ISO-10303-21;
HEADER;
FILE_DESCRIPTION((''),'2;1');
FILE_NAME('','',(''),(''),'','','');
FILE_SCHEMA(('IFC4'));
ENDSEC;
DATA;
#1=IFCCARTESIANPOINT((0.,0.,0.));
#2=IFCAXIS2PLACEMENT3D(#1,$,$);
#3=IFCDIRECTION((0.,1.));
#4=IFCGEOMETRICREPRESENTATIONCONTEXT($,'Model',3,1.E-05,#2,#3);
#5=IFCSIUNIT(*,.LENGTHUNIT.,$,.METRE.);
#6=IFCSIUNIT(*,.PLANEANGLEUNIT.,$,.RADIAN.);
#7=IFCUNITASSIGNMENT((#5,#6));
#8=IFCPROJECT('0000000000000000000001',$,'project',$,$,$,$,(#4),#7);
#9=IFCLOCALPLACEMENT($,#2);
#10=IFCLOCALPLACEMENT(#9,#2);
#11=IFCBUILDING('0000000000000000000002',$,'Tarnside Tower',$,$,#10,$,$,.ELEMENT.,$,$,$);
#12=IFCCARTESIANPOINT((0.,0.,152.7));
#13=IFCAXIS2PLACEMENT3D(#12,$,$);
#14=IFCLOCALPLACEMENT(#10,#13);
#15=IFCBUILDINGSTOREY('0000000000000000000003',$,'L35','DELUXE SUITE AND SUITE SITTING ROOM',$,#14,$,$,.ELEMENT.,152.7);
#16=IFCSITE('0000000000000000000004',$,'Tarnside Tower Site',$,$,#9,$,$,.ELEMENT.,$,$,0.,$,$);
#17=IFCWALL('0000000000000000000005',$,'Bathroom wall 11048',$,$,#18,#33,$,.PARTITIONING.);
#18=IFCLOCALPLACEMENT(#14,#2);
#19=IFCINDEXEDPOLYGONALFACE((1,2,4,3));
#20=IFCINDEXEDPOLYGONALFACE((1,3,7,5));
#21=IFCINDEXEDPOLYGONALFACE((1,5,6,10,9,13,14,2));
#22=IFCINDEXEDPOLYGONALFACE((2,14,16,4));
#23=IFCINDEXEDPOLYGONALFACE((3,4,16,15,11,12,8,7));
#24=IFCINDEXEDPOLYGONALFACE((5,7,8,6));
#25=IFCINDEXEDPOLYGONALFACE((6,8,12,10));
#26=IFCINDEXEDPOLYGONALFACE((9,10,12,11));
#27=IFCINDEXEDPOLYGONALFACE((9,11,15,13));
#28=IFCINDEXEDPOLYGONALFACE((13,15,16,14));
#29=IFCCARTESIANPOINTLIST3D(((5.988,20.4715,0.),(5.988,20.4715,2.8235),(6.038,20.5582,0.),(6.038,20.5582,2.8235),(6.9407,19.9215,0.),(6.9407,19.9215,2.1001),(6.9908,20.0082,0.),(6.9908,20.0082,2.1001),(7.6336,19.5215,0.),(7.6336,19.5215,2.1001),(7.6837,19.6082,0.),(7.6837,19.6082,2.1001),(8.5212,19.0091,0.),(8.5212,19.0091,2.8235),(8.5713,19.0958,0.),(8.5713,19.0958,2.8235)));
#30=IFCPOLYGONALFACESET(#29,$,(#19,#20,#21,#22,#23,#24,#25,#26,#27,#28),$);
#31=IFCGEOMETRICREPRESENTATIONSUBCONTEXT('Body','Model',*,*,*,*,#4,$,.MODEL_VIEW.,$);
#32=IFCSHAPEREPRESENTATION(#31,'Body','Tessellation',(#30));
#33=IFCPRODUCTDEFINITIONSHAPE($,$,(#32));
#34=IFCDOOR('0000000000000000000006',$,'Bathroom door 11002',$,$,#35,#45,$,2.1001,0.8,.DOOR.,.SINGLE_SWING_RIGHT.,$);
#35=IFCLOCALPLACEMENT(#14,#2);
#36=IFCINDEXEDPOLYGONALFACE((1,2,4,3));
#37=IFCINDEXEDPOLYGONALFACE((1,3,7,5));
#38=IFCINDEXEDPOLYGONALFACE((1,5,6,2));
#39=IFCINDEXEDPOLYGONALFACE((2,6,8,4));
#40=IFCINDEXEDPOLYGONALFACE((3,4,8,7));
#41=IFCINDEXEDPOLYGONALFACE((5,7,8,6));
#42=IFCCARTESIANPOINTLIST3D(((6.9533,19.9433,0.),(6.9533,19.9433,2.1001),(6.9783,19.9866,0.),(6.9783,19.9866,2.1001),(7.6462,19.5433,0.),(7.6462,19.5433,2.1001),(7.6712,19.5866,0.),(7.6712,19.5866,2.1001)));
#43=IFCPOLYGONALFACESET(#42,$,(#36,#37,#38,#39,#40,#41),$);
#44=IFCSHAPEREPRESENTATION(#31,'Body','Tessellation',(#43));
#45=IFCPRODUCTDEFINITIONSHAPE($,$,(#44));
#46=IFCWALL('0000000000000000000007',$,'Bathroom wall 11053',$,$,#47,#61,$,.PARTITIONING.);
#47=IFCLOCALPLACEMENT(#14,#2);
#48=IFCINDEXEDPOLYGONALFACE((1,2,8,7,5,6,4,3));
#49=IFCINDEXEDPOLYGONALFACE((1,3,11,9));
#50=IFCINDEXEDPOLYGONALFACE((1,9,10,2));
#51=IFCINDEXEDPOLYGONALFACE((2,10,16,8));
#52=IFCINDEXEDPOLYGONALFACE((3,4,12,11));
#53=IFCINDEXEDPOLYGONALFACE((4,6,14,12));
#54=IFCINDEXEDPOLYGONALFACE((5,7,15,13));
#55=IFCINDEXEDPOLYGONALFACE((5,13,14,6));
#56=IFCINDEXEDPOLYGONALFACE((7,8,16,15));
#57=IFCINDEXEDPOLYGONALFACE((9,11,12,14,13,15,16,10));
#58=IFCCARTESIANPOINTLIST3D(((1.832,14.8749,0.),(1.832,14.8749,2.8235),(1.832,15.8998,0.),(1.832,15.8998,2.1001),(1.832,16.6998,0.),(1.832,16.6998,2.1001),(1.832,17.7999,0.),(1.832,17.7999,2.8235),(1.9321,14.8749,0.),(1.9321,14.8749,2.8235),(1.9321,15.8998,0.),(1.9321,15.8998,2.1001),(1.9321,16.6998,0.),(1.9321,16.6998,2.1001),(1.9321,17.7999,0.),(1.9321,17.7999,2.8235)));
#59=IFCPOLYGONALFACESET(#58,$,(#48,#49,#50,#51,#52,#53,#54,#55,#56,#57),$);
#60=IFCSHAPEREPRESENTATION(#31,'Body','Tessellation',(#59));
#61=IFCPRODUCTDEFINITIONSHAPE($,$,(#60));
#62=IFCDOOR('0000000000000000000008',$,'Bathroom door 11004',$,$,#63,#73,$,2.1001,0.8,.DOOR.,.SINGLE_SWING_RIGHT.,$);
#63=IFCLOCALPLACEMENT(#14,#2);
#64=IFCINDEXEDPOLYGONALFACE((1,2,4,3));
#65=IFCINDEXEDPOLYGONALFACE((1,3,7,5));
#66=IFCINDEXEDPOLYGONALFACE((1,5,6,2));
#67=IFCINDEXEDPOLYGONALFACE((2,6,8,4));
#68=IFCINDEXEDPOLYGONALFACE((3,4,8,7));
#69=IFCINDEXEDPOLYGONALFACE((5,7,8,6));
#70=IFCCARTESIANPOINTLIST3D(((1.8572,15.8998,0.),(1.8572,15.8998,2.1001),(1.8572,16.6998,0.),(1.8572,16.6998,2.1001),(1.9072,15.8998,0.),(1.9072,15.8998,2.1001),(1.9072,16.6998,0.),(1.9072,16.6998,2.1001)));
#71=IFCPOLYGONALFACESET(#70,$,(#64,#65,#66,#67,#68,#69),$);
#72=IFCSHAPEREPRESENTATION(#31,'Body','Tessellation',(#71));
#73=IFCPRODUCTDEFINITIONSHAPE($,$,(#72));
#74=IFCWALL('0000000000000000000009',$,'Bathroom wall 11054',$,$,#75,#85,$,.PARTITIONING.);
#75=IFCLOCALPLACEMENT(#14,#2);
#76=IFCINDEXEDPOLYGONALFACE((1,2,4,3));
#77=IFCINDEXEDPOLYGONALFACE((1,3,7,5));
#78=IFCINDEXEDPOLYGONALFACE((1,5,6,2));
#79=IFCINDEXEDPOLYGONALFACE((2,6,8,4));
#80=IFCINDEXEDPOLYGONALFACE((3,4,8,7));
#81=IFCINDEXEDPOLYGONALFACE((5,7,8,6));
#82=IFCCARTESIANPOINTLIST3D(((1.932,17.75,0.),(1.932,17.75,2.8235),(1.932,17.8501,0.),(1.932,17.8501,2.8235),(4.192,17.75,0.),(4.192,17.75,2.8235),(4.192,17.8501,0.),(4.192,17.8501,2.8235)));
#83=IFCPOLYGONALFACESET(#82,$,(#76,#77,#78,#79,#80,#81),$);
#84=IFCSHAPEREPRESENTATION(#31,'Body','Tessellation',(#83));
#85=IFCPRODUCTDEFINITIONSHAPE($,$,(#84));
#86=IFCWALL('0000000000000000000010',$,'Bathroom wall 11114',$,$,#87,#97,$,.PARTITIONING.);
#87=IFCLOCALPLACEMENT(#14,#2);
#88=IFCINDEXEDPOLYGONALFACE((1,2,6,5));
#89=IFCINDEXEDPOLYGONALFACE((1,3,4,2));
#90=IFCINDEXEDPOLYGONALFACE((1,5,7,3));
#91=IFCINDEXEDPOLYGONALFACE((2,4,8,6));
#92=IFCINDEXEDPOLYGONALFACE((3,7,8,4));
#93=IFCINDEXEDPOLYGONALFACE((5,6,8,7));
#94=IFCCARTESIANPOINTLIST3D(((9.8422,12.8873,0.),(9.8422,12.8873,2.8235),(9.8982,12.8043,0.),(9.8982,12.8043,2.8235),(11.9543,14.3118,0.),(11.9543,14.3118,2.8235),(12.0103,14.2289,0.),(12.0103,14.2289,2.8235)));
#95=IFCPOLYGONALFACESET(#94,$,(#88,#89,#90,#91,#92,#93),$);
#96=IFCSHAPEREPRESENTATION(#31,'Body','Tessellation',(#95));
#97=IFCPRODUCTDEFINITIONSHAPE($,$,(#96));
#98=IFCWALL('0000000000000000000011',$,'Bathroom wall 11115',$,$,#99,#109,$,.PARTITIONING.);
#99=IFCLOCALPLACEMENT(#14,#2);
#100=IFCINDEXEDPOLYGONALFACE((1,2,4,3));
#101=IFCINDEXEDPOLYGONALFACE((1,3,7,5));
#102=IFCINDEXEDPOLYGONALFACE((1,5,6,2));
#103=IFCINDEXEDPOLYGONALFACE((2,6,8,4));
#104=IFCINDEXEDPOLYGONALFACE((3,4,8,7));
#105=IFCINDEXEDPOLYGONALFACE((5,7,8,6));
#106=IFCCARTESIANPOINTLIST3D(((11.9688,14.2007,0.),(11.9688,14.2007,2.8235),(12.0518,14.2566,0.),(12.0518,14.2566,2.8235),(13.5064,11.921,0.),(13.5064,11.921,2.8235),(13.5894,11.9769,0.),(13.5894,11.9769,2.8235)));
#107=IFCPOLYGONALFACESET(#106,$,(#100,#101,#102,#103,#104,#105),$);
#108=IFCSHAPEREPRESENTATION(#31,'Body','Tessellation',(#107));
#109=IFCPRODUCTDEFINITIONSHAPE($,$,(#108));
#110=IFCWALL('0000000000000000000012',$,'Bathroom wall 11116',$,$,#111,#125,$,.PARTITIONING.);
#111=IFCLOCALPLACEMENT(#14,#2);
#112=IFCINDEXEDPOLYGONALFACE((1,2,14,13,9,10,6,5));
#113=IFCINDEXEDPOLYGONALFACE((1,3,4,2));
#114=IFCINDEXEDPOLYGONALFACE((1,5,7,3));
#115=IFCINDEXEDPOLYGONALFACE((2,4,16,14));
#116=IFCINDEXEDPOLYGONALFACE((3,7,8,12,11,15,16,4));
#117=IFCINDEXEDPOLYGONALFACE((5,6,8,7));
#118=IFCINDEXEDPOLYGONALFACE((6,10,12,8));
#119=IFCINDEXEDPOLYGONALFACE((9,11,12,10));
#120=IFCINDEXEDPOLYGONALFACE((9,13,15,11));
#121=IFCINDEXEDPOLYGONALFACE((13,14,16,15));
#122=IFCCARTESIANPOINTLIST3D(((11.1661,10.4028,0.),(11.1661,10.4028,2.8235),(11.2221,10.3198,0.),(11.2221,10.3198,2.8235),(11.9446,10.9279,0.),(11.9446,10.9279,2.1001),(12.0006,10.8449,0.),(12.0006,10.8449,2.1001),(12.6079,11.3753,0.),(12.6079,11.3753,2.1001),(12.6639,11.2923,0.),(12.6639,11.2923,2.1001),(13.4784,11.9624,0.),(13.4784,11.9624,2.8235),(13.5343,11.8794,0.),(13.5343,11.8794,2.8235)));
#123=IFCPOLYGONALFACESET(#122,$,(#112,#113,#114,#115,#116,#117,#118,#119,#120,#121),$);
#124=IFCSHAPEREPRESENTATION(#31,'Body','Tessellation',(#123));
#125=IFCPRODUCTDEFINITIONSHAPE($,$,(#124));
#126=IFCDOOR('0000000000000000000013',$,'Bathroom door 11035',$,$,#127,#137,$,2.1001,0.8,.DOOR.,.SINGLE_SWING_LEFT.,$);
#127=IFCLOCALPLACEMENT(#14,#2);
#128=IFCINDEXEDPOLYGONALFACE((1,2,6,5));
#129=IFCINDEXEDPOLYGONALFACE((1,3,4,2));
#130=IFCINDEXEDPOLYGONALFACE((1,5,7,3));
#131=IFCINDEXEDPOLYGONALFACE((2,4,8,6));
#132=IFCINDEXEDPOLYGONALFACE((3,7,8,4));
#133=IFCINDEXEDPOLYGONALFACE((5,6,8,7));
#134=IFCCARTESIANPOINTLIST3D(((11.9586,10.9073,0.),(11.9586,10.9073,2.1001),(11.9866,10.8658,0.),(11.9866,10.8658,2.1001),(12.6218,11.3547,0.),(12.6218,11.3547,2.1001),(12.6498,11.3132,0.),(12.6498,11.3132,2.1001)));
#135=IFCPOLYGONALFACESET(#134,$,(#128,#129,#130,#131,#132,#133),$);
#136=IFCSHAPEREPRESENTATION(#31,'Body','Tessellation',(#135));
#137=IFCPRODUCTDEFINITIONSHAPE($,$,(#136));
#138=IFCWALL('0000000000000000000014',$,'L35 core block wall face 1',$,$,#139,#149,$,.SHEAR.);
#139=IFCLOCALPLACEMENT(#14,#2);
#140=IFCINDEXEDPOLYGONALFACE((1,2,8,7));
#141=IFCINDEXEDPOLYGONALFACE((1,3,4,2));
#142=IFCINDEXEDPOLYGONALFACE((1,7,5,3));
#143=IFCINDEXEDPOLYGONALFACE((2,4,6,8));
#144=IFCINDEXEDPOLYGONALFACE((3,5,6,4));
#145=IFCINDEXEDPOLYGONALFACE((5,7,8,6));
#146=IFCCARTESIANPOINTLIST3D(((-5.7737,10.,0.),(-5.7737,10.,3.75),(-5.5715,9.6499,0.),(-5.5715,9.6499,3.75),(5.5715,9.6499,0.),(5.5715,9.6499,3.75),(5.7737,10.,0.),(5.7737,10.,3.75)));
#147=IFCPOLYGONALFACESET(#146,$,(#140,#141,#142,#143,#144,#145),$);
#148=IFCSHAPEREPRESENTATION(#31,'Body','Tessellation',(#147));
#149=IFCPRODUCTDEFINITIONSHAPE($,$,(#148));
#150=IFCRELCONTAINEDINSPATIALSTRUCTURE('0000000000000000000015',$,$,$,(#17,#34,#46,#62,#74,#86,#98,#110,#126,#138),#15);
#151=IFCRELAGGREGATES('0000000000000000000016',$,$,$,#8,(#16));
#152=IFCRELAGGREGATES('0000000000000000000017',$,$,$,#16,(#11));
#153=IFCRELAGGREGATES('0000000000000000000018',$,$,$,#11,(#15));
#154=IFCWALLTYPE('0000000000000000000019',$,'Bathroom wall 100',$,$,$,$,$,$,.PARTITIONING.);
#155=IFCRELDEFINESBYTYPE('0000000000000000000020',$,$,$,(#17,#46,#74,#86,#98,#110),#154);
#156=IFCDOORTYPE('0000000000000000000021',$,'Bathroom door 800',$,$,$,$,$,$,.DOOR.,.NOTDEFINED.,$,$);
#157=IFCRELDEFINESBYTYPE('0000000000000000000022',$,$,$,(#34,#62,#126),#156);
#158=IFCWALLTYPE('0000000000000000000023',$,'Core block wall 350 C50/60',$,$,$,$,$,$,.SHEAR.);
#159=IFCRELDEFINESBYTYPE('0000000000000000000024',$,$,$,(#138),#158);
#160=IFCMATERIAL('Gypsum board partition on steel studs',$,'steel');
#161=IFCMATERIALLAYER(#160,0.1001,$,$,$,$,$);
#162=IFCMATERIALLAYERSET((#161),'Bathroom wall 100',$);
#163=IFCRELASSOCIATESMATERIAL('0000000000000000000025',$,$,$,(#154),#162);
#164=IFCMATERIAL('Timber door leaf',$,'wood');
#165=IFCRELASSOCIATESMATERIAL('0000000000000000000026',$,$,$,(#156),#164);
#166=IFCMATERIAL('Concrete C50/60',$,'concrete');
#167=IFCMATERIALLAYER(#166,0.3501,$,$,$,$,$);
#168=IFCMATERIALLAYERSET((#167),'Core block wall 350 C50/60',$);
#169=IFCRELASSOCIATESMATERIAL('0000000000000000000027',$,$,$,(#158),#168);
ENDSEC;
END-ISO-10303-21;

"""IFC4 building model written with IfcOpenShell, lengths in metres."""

from ifc_helpers import new_model, si_unit, direction, frame, frame_2d, origin, place, context, subcontext, project, spatial, polyline, rectangle, outline, extrude, material, layer, layer_set, type_object, element, fill, save


model = new_model("IFC4")

# Units and contexts
model_context = context("Model", 3, precision=1e-05, world=origin(), true_north=direction((0.0, 1.0)))
body_context = subcontext(model_context, "Body", "Model", "MODEL_VIEW")
ifc_project = project(units=[si_unit("LENGTHUNIT", "METRE"), si_unit("PLANEANGLEUNIT", "RADIAN")], contexts=[model_context])

# Site, building, storey
site_placement = place(None, origin())
site = spatial("IfcSite", under=ifc_project, at=site_placement, Name="Tarnside Tower Site", CompositionType="ELEMENT", RefElevation=0.0)
building_placement = place(site_placement, origin())
building = spatial("IfcBuilding", under=site, at=building_placement, Name="Tarnside Tower", CompositionType="ELEMENT")
storey_placement = place(building_placement, frame((0.0, 0.0, 152.7)))
storey = spatial("IfcBuildingStorey", under=building, at=storey_placement, Name="L35", Description="DELUXE SUITE AND SUITE SITTING ROOM", CompositionType="ELEMENT", Elevation=152.7)

# Walls, openings, doors
ifc_material_1 = material(Name="Gypsum board partition on steel studs", Category="steel")
ifc_layer_1 = layer(ifc_material_1, 0.1001)
ifc_layer_set_1 = layer_set([ifc_layer_1], Name="Bathroom wall 100")
wall_type_1 = type_object("IfcWallType", Name="Bathroom wall 100", PredefinedType="PARTITIONING", material=ifc_layer_set_1)
wall_1_placement = place(storey_placement, frame((8.5461, 19.0525, 0.0), z_axis=(0.0, 0.0, 1.0), x_axis=(-0.866047, 0.499963, 0.0)))
wall_1 = element("IfcWall", 1, at=wall_1_placement, inside=storey, type_object=wall_type_1, Name="Bathroom wall 11048", PredefinedType="PARTITIONING", context=body_context, shape_type="SweptSolid", body=[
    extrude(rectangle(XDim=2.925, YDim=0.1001, at=frame_2d((1.4624, 0.0))), origin(), (0.0, 0.0, 1.0), 2.8235),
])
opening_1_placement = place(wall_1_placement, frame((1.0249, 0.0, 0.0)))
opening_1 = element("IfcOpeningElement", 2, at=opening_1_placement, cuts=wall_1, PredefinedType="OPENING", context=body_context, shape_type="SweptSolid", body=[
    extrude(rectangle(XDim=0.8, YDim=2.1001, at=frame_2d((0.3999, 1.05))), frame((0.0, 0.0601, 0.0), z_axis=(0.0, -1.0, 0.0), x_axis=(1.0, 0.0, 0.0)), (0.0, 0.0, 1.0), 0.1201),
])
ifc_material_2 = material(Name="Timber door leaf", Category="wood")
door_type_1 = type_object("IfcDoorType", Name="Bathroom door 800", OperationType="NOTDEFINED", PredefinedType="DOOR", material=ifc_material_2)
door_1_placement = place(opening_1_placement, origin())
door_1 = element("IfcDoor", 3, at=door_1_placement, inside=storey, type_object=door_type_1, Name="Bathroom door 11002", OperationType="SINGLE_SWING_RIGHT", OverallHeight=2.1001, OverallWidth=0.8, PredefinedType="DOOR", context=body_context, shape_type="SweptSolid", body=[
    extrude(rectangle(XDim=0.8, YDim=2.1001, at=frame_2d((0.3999, 1.05))), frame((0.0, 0.0249, 0.0), z_axis=(0.0, -1.0, 0.0), x_axis=(1.0, 0.0, 0.0)), (0.0, 0.0, 1.0), 0.05),
])
fill(opening_1, door_1)
wall_2_placement = place(storey_placement, frame((1.8821, 14.875, 0.0), z_axis=(0.0, 0.0, 1.0), x_axis=(0.0, 1.0, 0.0)))
wall_2 = element("IfcWall", 4, at=wall_2_placement, inside=storey, type_object=wall_type_1, Name="Bathroom wall 11053", PredefinedType="PARTITIONING", context=body_context, shape_type="SweptSolid", body=[
    extrude(rectangle(XDim=2.925, YDim=0.1001, at=frame_2d((1.4624, 0.0))), origin(), (0.0, 0.0, 1.0), 2.8235),
])
opening_2_placement = place(wall_2_placement, frame((1.0249, 0.0, 0.0)))
opening_2 = element("IfcOpeningElement", 5, at=opening_2_placement, cuts=wall_2, PredefinedType="OPENING", context=body_context, shape_type="SweptSolid", body=[
    extrude(rectangle(XDim=0.8, YDim=2.1001, at=frame_2d((0.3999, 1.05))), frame((0.0, 0.0601, 0.0), z_axis=(0.0, -1.0, 0.0), x_axis=(1.0, 0.0, 0.0)), (0.0, 0.0, 1.0), 0.1201),
])
door_2_placement = place(opening_2_placement, origin())
door_2 = element("IfcDoor", 6, at=door_2_placement, inside=storey, type_object=door_type_1, Name="Bathroom door 11004", OperationType="SINGLE_SWING_RIGHT", OverallHeight=2.1001, OverallWidth=0.8, PredefinedType="DOOR", context=body_context, shape_type="SweptSolid", body=[
    extrude(rectangle(XDim=0.8, YDim=2.1001, at=frame_2d((0.3999, 1.05))), frame((0.0, 0.0249, 0.0), z_axis=(0.0, -1.0, 0.0), x_axis=(1.0, 0.0, 0.0)), (0.0, 0.0, 1.0), 0.05),
])
fill(opening_2, door_2)

# Walls
wall_3_placement = place(storey_placement, frame((1.9321, 17.8, 0.0), z_axis=(0.0, 0.0, 1.0), x_axis=(1.0, 0.0, 0.0)))
element("IfcWall", 7, at=wall_3_placement, inside=storey, type_object=wall_type_1, Name="Bathroom wall 11054", PredefinedType="PARTITIONING", context=body_context, shape_type="SweptSolid", body=[
    extrude(rectangle(XDim=2.26, YDim=0.1001, at=frame_2d((1.1299, 0.0))), origin(), (0.0, 0.0, 1.0), 2.8235),
])
wall_4_placement = place(storey_placement, frame((9.8701, 12.8457, 0.0), z_axis=(0.0, 0.0, 1.0), x_axis=(0.829045, 0.559181, 0.0)))
element("IfcWall", 8, at=wall_4_placement, inside=storey, type_object=wall_type_1, Name="Bathroom wall 11114", PredefinedType="PARTITIONING", context=body_context, shape_type="SweptSolid", body=[
    extrude(rectangle(XDim=2.5476, YDim=0.1001, at=frame_2d((1.2739, 0.0))), origin(), (0.0, 0.0, 1.0), 2.8235),
])
wall_5_placement = place(storey_placement, frame((12.0103, 14.2288, 0.0), z_axis=(0.0, 0.0, 1.0), x_axis=(0.559159, -0.829061, 0.0)))
element("IfcWall", 9, at=wall_5_placement, inside=storey, type_object=wall_type_1, Name="Bathroom wall 11115", PredefinedType="PARTITIONING", context=body_context, shape_type="SweptSolid", body=[
    extrude(rectangle(XDim=2.7498, YDim=0.1001, at=frame_2d((1.375, 0.0))), origin(), (0.0, 0.0, 1.0), 2.8235),
])

# Wall, opening, door
wall_6_placement = place(storey_placement, frame((13.5063, 11.9209, 0.0), z_axis=(0.0, 0.0, 1.0), x_axis=(-0.829049, -0.559177, 0.0)))
wall_6 = element("IfcWall", 10, at=wall_6_placement, inside=storey, type_object=wall_type_1, Name="Bathroom wall 11116", PredefinedType="PARTITIONING", context=body_context, shape_type="SweptSolid", body=[
    extrude(rectangle(XDim=2.7891, YDim=0.1001, at=frame_2d((1.3945, 0.0))), origin(), (0.0, 0.0, 1.0), 2.8235),
])
opening_3_placement = place(wall_6_placement, frame((1.05, 0.0, 0.0)))
opening_3 = element("IfcOpeningElement", 11, at=opening_3_placement, cuts=wall_6, PredefinedType="OPENING", context=body_context, shape_type="SweptSolid", body=[
    extrude(rectangle(XDim=0.8, YDim=2.1001, at=frame_2d((0.3999, 1.05))), frame((0.0, 0.0601, 0.0), z_axis=(0.0, -1.0, 0.0), x_axis=(1.0, 0.0, 0.0)), (0.0, 0.0, 1.0), 0.1201),
])
door_3_placement = place(opening_3_placement, origin())
door_3 = element("IfcDoor", 12, at=door_3_placement, inside=storey, type_object=door_type_1, Name="Bathroom door 11035", OperationType="SINGLE_SWING_LEFT", OverallHeight=2.1001, OverallWidth=0.8, PredefinedType="DOOR", context=body_context, shape_type="SweptSolid", body=[
    extrude(rectangle(XDim=0.8, YDim=2.1001, at=frame_2d((0.3999, 1.05))), frame((0.0, 0.0249, 0.0), z_axis=(0.0, -1.0, 0.0), x_axis=(1.0, 0.0, 0.0)), (0.0, 0.0, 1.0), 0.05),
])
fill(opening_3, door_3)

# Wall
ifc_material_3 = material(Name="Concrete C50/60", Category="concrete")
ifc_layer_2 = layer(ifc_material_3, 0.3501)
ifc_layer_set_2 = layer_set([ifc_layer_2], Name="Core block wall 350 C50/60")
wall_type_2 = type_object("IfcWallType", Name="Core block wall 350 C50/60", PredefinedType="SHEAR", material=ifc_layer_set_2)
wall_7_placement = place(storey_placement, frame((5.6726, 9.825, 0.0), z_axis=(0.0, 0.0, 1.0), x_axis=(-1.0, 0.0, 0.0)))
element("IfcWall", 13, at=wall_7_placement, inside=storey, type_object=wall_type_2, Name="L35 core block wall face 1", PredefinedType="SHEAR", context=body_context, shape_type="SweptSolid", body=[
    extrude(outline(polyline([(-0.1011, -0.175), (11.4463, -0.175), (11.2441, 0.175), (0.1011, 0.175), (-0.1011, -0.175)])), origin(), (0.0, 0.0, 1.0), 3.75),
])

save(model, "model.ifc")
